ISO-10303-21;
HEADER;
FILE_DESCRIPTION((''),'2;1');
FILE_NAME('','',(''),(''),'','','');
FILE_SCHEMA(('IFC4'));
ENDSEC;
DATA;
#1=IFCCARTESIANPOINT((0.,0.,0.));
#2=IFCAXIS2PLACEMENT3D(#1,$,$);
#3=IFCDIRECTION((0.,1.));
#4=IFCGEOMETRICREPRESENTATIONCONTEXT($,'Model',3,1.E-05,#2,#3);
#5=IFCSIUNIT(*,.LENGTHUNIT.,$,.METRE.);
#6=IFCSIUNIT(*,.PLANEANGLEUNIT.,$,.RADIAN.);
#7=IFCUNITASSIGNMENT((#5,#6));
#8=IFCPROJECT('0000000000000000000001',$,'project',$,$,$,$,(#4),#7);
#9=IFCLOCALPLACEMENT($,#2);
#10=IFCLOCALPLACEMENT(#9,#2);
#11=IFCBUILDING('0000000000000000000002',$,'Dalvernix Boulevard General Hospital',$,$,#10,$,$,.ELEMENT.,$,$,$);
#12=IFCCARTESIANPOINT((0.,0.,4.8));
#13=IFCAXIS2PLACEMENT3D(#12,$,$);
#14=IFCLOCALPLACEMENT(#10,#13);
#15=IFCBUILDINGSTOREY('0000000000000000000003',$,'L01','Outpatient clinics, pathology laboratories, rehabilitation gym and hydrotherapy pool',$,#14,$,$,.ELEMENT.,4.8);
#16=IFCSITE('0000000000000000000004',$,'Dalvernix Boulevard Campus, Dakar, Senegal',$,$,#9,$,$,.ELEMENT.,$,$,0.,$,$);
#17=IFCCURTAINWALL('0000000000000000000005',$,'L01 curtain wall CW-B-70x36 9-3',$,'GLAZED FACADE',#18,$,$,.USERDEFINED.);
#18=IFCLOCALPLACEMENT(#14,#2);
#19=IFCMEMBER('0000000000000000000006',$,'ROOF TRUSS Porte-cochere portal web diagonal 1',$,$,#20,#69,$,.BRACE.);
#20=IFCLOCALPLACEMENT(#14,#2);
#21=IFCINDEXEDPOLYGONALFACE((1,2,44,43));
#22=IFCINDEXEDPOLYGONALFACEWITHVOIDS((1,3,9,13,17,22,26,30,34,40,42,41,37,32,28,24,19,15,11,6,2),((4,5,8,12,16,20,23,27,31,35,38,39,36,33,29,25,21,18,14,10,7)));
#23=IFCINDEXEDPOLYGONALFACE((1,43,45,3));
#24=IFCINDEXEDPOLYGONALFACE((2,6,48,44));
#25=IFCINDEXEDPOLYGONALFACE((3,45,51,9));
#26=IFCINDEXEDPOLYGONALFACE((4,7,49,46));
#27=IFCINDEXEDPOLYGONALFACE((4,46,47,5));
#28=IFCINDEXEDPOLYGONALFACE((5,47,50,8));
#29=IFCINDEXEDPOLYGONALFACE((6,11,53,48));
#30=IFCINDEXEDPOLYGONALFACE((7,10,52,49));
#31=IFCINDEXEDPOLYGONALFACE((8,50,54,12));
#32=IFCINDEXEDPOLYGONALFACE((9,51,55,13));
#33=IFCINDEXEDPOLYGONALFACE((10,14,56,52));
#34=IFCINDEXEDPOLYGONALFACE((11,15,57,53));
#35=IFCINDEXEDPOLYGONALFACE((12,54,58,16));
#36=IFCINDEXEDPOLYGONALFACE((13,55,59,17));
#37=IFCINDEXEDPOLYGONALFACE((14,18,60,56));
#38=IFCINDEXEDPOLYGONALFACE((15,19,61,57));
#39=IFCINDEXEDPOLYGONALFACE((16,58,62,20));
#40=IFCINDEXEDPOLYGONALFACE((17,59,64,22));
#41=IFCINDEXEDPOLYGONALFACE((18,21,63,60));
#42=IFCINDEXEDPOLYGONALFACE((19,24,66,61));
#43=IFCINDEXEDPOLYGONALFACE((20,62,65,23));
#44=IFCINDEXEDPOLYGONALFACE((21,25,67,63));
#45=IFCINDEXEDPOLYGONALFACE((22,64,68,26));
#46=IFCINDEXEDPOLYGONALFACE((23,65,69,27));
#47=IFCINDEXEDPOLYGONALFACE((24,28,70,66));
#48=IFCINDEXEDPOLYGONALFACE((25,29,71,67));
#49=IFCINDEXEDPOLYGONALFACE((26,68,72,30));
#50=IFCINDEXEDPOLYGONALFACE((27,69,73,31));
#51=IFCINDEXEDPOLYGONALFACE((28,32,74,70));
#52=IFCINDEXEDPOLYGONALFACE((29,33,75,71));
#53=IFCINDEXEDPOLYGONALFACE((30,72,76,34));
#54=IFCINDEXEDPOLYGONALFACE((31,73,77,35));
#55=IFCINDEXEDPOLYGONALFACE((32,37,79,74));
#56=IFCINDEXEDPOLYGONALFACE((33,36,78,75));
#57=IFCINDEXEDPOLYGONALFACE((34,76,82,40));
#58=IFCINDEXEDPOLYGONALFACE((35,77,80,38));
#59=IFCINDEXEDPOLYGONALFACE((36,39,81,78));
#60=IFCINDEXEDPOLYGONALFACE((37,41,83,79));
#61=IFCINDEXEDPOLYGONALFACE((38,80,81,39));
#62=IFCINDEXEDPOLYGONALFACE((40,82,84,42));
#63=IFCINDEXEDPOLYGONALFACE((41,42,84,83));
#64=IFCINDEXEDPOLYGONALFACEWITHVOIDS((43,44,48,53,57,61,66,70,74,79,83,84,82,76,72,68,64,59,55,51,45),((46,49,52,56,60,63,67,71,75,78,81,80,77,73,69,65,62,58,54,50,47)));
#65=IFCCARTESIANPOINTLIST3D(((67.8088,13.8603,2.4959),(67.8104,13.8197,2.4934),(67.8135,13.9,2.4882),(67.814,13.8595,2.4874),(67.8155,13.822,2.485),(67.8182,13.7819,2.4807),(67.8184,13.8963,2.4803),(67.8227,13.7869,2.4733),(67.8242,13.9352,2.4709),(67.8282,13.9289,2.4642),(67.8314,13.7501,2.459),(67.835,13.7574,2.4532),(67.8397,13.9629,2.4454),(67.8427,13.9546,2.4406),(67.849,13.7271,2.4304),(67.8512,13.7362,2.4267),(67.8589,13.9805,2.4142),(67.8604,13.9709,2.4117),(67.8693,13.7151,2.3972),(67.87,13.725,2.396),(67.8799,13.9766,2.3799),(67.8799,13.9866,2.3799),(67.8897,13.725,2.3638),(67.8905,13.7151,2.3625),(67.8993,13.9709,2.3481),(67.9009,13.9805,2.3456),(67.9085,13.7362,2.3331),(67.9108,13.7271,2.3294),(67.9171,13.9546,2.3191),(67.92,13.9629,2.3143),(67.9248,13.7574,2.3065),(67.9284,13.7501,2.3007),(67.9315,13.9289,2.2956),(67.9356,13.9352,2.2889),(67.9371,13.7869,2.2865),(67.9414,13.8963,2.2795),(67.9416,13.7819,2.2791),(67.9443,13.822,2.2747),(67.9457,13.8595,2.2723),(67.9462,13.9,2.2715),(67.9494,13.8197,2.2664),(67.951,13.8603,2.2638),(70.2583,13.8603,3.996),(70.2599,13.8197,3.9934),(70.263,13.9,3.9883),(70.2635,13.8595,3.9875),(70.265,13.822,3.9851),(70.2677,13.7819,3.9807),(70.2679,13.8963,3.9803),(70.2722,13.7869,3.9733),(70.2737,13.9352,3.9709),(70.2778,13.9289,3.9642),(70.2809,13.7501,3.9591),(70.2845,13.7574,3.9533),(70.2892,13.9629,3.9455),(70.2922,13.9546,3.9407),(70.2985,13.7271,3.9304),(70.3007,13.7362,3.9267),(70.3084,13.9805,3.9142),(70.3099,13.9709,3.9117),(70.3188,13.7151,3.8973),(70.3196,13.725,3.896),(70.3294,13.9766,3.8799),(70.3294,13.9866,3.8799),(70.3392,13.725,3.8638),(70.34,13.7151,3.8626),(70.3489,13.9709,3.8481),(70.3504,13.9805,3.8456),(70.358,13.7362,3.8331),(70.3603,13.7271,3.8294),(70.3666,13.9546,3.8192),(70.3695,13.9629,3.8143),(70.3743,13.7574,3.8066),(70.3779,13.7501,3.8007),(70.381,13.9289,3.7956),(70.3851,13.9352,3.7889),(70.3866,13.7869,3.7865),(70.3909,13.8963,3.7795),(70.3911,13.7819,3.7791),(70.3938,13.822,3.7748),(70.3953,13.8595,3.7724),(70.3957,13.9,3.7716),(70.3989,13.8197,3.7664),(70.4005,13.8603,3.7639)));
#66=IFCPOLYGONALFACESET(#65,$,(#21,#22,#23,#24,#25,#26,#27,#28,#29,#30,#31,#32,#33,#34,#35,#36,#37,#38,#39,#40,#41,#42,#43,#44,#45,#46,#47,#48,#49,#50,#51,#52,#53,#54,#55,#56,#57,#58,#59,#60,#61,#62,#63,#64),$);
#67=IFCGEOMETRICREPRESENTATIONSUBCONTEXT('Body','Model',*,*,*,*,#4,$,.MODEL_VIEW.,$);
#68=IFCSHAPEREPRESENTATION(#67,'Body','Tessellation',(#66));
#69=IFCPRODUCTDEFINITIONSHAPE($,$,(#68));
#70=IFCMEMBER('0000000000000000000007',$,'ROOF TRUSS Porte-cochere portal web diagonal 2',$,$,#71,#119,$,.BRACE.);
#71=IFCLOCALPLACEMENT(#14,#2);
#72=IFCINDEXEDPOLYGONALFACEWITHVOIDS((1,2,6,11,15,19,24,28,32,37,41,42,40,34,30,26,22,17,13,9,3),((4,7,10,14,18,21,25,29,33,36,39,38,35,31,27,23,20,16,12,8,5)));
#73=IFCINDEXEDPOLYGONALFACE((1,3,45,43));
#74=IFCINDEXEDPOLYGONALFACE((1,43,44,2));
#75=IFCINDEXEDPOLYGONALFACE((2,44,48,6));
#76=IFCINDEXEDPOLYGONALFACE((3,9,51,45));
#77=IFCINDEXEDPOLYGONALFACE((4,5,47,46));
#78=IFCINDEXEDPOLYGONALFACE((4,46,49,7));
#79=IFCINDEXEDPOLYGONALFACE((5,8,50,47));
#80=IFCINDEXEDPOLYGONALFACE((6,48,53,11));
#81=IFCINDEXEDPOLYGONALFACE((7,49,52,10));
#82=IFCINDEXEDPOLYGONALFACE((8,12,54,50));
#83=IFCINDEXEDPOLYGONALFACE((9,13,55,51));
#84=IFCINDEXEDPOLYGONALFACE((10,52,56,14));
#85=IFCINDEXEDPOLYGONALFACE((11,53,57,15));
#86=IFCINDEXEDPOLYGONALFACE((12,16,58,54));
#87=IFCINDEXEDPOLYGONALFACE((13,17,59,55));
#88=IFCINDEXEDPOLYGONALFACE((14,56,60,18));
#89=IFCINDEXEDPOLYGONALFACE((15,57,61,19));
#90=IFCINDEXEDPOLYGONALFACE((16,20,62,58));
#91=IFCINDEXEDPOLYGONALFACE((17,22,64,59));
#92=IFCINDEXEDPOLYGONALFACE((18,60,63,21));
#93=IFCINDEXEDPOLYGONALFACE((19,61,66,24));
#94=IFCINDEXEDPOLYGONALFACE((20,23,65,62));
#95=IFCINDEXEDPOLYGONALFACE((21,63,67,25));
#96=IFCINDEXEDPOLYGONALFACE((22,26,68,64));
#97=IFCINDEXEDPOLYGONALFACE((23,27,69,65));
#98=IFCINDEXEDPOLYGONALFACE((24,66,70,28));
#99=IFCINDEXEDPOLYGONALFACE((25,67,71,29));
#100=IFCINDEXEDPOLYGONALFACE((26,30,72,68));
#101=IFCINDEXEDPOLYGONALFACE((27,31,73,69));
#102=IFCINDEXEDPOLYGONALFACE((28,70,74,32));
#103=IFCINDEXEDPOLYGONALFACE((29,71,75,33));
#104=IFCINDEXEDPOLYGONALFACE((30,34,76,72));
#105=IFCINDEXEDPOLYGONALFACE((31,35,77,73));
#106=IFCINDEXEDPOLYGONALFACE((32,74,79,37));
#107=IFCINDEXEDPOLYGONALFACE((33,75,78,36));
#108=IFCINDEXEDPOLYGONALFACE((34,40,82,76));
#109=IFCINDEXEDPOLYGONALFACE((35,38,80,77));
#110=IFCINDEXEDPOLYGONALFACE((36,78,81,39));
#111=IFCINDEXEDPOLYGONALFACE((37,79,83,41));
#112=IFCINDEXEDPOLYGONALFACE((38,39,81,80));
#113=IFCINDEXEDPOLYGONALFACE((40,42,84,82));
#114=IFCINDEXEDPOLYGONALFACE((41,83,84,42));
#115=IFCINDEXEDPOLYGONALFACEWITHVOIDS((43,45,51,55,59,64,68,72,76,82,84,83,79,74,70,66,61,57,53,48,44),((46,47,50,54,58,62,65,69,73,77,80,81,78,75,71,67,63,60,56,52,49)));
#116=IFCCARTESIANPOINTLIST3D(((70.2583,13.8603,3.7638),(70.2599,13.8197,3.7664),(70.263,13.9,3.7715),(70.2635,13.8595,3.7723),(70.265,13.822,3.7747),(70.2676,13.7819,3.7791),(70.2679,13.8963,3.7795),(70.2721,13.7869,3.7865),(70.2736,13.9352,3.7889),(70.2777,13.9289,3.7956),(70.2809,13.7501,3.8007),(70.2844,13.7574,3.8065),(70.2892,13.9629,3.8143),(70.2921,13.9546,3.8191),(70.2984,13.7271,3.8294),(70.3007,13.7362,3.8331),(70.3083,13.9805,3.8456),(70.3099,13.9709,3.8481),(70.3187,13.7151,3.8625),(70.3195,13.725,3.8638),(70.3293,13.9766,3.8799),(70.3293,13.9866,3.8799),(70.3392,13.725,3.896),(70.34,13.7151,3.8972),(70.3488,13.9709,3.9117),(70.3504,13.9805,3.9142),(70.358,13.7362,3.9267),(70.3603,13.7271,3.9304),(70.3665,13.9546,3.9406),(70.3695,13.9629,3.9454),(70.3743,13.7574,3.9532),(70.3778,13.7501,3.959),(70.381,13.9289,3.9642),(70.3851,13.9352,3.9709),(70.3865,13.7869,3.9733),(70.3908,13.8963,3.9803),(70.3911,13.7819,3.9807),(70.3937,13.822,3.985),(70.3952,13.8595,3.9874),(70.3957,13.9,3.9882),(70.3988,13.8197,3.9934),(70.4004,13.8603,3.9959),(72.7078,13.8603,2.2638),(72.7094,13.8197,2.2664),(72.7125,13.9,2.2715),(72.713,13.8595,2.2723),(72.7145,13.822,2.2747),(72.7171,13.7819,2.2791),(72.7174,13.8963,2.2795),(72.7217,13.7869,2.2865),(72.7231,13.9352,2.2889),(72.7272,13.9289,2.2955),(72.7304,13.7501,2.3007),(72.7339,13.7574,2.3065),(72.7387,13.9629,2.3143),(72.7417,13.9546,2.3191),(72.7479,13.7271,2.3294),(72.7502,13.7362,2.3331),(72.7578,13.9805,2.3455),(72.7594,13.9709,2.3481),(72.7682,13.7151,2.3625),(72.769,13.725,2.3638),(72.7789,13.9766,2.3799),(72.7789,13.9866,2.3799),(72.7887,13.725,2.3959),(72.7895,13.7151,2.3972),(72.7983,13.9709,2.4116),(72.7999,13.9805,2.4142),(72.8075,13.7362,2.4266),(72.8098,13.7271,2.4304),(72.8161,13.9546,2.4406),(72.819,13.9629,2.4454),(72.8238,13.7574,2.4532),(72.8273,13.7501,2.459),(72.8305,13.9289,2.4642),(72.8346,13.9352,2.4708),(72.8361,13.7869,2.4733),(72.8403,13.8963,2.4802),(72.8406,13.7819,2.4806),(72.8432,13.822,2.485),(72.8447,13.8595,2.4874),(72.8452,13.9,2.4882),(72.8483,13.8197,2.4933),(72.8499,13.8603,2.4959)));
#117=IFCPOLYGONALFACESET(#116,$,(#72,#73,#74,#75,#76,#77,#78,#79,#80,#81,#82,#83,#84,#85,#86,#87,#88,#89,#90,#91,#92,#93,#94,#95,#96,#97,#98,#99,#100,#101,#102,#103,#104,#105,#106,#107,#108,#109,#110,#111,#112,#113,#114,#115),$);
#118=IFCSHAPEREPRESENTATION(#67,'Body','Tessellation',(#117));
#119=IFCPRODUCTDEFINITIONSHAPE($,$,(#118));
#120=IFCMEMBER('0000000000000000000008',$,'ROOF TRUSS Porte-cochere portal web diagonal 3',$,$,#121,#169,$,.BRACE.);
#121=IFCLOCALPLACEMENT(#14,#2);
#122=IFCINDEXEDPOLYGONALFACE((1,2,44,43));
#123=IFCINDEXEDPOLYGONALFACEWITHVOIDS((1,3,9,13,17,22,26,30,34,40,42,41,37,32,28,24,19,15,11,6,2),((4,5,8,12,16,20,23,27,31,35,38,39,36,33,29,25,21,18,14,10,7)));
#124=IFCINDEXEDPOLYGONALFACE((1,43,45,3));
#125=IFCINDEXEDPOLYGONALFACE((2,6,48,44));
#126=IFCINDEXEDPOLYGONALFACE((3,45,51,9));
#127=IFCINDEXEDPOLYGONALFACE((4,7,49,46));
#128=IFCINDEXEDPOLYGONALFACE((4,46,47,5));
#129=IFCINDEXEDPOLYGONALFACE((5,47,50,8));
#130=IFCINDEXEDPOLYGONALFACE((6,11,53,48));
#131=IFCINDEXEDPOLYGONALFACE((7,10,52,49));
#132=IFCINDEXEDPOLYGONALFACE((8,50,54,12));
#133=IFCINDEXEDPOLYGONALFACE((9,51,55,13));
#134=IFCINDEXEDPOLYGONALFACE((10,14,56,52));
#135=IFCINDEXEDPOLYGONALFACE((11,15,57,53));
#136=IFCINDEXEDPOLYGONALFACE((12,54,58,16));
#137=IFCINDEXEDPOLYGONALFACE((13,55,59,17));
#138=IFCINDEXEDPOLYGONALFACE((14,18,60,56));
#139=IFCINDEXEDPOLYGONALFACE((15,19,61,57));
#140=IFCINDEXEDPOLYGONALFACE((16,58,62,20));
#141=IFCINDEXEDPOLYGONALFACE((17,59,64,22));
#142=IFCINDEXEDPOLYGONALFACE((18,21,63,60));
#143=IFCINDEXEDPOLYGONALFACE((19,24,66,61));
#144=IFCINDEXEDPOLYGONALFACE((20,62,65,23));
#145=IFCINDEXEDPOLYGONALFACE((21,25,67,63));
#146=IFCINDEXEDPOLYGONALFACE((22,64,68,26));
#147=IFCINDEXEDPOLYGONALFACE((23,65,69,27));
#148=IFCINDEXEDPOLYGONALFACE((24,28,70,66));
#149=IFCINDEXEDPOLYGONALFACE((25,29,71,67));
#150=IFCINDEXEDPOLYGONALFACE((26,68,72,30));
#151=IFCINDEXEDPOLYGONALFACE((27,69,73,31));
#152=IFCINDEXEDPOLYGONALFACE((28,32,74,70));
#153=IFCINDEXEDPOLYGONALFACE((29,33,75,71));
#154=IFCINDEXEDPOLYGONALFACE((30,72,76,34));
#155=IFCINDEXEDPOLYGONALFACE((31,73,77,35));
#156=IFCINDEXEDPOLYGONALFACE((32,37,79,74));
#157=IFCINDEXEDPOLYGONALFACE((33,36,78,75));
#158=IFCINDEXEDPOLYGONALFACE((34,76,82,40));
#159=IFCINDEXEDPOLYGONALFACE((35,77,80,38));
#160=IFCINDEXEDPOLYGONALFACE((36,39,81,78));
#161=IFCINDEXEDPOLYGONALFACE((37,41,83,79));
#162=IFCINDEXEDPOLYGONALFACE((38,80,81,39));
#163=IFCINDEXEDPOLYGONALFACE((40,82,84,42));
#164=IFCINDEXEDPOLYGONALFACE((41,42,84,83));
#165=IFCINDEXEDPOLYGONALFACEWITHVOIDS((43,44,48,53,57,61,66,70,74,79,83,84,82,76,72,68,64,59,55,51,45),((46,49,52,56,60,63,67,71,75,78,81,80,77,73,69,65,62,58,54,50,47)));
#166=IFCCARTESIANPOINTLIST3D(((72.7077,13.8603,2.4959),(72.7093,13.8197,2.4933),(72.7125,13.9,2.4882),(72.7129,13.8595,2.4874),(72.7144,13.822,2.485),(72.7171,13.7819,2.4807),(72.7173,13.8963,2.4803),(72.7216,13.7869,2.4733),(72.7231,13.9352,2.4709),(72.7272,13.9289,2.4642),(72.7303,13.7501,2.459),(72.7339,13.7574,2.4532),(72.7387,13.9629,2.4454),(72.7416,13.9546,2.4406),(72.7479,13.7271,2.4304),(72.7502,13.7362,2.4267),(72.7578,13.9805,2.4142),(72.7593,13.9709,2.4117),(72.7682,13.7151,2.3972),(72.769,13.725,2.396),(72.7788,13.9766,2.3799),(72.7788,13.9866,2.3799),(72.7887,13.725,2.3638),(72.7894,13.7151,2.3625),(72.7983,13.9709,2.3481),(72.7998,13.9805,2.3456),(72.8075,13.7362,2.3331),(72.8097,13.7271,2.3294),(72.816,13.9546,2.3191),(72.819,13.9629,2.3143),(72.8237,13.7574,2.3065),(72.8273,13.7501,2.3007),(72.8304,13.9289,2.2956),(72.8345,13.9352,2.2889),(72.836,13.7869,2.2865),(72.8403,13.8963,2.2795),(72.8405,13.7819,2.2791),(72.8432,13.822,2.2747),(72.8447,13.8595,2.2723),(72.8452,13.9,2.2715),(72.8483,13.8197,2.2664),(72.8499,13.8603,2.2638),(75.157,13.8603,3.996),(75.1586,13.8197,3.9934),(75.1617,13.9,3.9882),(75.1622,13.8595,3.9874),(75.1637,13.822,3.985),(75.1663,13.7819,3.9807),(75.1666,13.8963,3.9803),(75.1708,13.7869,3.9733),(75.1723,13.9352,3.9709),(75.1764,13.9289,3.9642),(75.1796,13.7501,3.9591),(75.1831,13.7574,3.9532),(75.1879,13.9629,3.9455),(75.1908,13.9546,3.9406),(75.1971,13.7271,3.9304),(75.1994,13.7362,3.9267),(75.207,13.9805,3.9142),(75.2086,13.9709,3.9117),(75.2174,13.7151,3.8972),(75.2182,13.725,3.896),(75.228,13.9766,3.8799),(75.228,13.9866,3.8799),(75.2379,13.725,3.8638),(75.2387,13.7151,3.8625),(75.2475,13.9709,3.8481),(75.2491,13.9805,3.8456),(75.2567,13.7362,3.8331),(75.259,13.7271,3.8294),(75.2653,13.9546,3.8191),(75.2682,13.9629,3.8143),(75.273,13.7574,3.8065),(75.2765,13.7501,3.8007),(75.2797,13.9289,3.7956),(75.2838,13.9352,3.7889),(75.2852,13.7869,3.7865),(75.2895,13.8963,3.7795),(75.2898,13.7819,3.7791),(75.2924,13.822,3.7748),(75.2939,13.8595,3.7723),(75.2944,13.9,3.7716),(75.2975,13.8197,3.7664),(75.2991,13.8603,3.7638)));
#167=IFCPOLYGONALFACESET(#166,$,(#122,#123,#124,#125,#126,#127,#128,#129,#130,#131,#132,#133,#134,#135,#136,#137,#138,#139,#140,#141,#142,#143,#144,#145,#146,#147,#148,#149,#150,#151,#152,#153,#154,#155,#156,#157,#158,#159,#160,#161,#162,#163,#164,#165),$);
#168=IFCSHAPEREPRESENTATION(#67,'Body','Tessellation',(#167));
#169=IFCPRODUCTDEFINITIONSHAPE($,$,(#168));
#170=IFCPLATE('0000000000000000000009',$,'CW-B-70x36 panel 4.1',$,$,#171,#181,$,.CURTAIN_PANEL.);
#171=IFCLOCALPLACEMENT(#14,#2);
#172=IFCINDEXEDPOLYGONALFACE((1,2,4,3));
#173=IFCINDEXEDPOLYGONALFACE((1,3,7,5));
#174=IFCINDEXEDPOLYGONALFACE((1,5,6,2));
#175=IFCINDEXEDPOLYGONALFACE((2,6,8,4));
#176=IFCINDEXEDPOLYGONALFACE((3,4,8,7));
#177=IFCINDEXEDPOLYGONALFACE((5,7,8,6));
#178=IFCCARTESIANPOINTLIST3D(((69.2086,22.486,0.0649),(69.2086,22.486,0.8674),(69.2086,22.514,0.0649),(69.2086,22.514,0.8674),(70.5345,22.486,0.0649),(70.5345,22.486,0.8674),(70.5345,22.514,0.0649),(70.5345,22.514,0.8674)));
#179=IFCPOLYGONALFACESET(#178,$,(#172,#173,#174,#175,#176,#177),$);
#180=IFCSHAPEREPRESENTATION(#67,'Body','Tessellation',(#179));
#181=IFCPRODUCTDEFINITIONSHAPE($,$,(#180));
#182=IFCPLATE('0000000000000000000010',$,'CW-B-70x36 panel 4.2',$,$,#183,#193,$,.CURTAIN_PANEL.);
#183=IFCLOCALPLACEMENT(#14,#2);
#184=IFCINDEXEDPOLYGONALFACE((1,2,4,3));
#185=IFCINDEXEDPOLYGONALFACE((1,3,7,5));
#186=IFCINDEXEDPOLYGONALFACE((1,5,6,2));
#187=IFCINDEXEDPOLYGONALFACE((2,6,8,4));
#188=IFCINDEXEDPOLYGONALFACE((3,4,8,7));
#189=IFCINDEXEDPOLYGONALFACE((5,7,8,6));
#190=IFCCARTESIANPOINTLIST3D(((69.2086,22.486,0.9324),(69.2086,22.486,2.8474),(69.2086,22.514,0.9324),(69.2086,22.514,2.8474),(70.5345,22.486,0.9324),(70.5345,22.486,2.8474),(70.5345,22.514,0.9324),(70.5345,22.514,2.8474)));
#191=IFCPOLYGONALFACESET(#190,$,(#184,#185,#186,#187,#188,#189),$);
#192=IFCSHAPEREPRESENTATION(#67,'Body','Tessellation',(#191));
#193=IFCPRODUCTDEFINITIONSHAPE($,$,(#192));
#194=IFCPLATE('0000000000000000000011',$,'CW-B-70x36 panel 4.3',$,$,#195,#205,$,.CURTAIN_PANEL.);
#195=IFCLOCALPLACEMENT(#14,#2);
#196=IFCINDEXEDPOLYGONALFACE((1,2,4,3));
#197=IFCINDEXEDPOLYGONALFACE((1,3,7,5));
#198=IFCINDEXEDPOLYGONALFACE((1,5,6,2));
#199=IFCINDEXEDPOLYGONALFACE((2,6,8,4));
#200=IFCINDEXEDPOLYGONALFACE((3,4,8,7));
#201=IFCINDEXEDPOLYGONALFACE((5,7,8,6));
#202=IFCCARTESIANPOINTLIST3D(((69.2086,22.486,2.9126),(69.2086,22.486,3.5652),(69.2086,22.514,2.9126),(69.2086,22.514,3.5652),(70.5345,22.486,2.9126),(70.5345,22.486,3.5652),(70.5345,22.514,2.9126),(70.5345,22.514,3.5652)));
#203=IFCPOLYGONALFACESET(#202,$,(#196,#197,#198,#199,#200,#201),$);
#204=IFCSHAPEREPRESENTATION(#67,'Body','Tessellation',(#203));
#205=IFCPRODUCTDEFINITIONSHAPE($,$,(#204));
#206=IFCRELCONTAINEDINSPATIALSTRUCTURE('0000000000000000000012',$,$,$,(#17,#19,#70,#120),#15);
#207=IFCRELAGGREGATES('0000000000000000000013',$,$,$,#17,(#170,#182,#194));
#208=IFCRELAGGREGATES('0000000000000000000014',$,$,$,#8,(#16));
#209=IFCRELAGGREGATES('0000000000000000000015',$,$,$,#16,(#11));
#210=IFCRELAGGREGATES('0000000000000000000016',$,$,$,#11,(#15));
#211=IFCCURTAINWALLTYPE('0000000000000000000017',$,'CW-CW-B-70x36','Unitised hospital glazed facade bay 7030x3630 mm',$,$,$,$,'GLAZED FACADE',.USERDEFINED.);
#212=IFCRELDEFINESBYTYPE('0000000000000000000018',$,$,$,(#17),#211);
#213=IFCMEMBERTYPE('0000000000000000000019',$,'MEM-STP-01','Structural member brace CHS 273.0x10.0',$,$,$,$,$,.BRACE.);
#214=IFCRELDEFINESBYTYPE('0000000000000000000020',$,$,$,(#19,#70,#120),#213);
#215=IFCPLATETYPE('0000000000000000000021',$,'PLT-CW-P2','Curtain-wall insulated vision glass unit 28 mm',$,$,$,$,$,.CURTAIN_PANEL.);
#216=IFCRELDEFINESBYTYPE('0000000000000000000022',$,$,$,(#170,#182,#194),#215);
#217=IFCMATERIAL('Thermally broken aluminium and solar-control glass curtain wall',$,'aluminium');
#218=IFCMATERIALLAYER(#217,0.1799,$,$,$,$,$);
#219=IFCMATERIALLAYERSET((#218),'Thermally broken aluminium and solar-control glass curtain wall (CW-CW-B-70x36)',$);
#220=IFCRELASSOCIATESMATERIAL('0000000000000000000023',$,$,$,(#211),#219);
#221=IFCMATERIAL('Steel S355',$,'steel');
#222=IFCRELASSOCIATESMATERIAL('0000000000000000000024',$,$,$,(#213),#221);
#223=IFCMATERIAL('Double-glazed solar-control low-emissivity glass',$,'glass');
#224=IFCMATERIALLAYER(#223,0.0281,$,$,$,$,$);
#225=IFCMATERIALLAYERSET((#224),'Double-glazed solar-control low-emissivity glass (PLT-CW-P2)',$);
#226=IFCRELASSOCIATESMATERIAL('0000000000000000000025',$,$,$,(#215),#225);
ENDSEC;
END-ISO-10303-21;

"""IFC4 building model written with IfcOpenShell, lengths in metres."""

from ifc_helpers import new_model, si_unit, direction, frame, origin, origin_2d, place, context, subcontext, project, spatial, rectangle, hollow_circle, extrude, material, layer, layer_set, material_profile, profile_set, type_object, element, aggregate, save


model = new_model("IFC4")

# Units and contexts
model_context = context("Model", 3, precision=1e-05, world=origin(), true_north=direction((0.0, 1.0)))
body_context = subcontext(model_context, "Body", "Model", "MODEL_VIEW")
ifc_project = project(units=[si_unit("LENGTHUNIT", "METRE"), si_unit("PLANEANGLEUNIT", "RADIAN")], contexts=[model_context])

# Site, building, storey
site_placement = place(None, origin())
site = spatial("IfcSite", under=ifc_project, at=site_placement, Name="Dalvernix Boulevard Campus, Dakar, Senegal", CompositionType="ELEMENT", RefElevation=0.0)
building_placement = place(site_placement, origin())
building = spatial("IfcBuilding", under=site, at=building_placement, Name="Dalvernix Boulevard General Hospital", CompositionType="ELEMENT")
storey_placement = place(building_placement, frame((0.0, 0.0, 4.8)))
storey = spatial("IfcBuildingStorey", under=building, at=storey_placement, Name="L01", Description="Outpatient clinics, pathology laboratories, rehabilitation gym and hydrotherapy pool", CompositionType="ELEMENT", Elevation=4.8)

# Shared definitions
ifc_material_1 = material(Name="Steel S355", Category="steel")

# Curtain wall
ifc_material_2 = material(Name="Thermally broken aluminium and solar-control glass curtain wall", Category="aluminium")
ifc_layer_1 = layer(ifc_material_2, 0.1799)
ifc_layer_set_1 = layer_set([ifc_layer_1], Name="Thermally broken aluminium and solar-control glass curtain wall (CW-CW-B-70x36)")
curtain_wall_type = type_object("IfcCurtainWallType", Name="CW-CW-B-70x36", Description="Unitised hospital glazed facade bay 7030x3630 mm", ElementType="GLAZED FACADE", PredefinedType="USERDEFINED", material=ifc_layer_set_1)
curtain_wall_placement = place(storey_placement, origin())
curtain_wall = element("IfcCurtainWall", 1, at=curtain_wall_placement, inside=storey, type_object=curtain_wall_type, Name="L01 curtain wall CW-B-70x36 9-3", ObjectType="GLAZED FACADE", PredefinedType="USERDEFINED")

# Members
ifc_material_profile_1 = material_profile(ifc_material_1, hollow_circle(Radius=0.1365, WallThickness=0.01, at=origin_2d()), Name="CHS 273.0x10.0")
ifc_profile_set_1 = profile_set([ifc_material_profile_1], Name="Steel S355")
member_type_1 = type_object("IfcMemberType", Name="MEM-STP-01", Description="Structural member brace CHS 273.0x10.0", PredefinedType="BRACE", material=ifc_profile_set_1)
for number, where, z_axis, x_axis, name in (
    (2, (67.8799, 13.8501, 2.3799), (0.8528, 0.0, 0.522237), (0.0, 1.0, 0.0), "ROOF TRUSS Porte-cochere portal web diagonal 1"),
    (3, (70.3293, 13.8501, 3.8799), (0.8528, 0.0, -0.522237), (0.0, 1.0, 0.0), "ROOF TRUSS Porte-cochere portal web diagonal 2"),
):
    element("IfcMember", number, at=place(storey_placement, frame(where, z_axis=z_axis, x_axis=x_axis)), inside=storey, type_object=member_type_1, Name=name, PredefinedType="BRACE", context=body_context, shape_type="SweptSolid", body=[
        extrude(hollow_circle(Radius=0.1365, WallThickness=0.01, at=origin_2d()), origin(), (0.0, 0.0, 1.0), 2.8723),
    ])
member_1_placement = place(storey_placement, frame((72.7788, 13.8501, 2.3799), z_axis=(0.852777, 0.0, 0.522275), x_axis=(0.0, 1.0, 0.0)))
element("IfcMember", 4, at=member_1_placement, inside=storey, type_object=member_type_1, Name="ROOF TRUSS Porte-cochere portal web diagonal 3", PredefinedType="BRACE", context=body_context, shape_type="SweptSolid", body=[
    extrude(hollow_circle(Radius=0.1365, WallThickness=0.01, at=origin_2d()), origin(), (0.0, 0.0, 1.0), 2.8721),
])

# Plates
ifc_material_3 = material(Name="Double-glazed solar-control low-emissivity glass", Category="glass")
ifc_layer_2 = layer(ifc_material_3, 0.0281)
ifc_layer_set_2 = layer_set([ifc_layer_2], Name="Double-glazed solar-control low-emissivity glass (PLT-CW-P2)")
plate_type = type_object("IfcPlateType", Name="PLT-CW-P2", Description="Curtain-wall insulated vision glass unit 28 mm", PredefinedType="CURTAIN_PANEL", material=ifc_layer_set_2)
plate_1_placement = place(storey_placement, frame((69.8716, 22.5, 0.0649), z_axis=(0.0, 0.0, 1.0), x_axis=(-1.0, 0.0, 0.0)))
plate_1 = element("IfcPlate", 5, at=plate_1_placement, type_object=plate_type, Name="CW-B-70x36 panel 4.1", PredefinedType="CURTAIN_PANEL", context=body_context, shape_type="SweptSolid", body=[
    extrude(rectangle(XDim=1.3259, YDim=0.0281, at=origin_2d()), origin(), (0.0, 0.0, 1.0), 0.8025),
])
plate_2_placement = place(storey_placement, frame((69.8716, 22.5, 0.9324), z_axis=(0.0, 0.0, 1.0), x_axis=(-1.0, 0.0, 0.0)))
plate_2 = element("IfcPlate", 6, at=plate_2_placement, type_object=plate_type, Name="CW-B-70x36 panel 4.2", PredefinedType="CURTAIN_PANEL", context=body_context, shape_type="SweptSolid", body=[
    extrude(rectangle(XDim=1.3259, YDim=0.0281, at=origin_2d()), origin(), (0.0, 0.0, 1.0), 1.915),
])
plate_3_placement = place(storey_placement, frame((69.8716, 22.5, 2.9126), z_axis=(0.0, 0.0, 1.0), x_axis=(-1.0, 0.0, 0.0)))
plate_3 = element("IfcPlate", 7, at=plate_3_placement, type_object=plate_type, Name="CW-B-70x36 panel 4.3", PredefinedType="CURTAIN_PANEL", context=body_context, shape_type="SweptSolid", body=[
    extrude(rectangle(XDim=1.3259, YDim=0.0281, at=origin_2d()), origin(), (0.0, 0.0, 1.0), 0.6526),
])
aggregate(curtain_wall, [plate_1, plate_2, plate_3])

save(model, "model.ifc")
